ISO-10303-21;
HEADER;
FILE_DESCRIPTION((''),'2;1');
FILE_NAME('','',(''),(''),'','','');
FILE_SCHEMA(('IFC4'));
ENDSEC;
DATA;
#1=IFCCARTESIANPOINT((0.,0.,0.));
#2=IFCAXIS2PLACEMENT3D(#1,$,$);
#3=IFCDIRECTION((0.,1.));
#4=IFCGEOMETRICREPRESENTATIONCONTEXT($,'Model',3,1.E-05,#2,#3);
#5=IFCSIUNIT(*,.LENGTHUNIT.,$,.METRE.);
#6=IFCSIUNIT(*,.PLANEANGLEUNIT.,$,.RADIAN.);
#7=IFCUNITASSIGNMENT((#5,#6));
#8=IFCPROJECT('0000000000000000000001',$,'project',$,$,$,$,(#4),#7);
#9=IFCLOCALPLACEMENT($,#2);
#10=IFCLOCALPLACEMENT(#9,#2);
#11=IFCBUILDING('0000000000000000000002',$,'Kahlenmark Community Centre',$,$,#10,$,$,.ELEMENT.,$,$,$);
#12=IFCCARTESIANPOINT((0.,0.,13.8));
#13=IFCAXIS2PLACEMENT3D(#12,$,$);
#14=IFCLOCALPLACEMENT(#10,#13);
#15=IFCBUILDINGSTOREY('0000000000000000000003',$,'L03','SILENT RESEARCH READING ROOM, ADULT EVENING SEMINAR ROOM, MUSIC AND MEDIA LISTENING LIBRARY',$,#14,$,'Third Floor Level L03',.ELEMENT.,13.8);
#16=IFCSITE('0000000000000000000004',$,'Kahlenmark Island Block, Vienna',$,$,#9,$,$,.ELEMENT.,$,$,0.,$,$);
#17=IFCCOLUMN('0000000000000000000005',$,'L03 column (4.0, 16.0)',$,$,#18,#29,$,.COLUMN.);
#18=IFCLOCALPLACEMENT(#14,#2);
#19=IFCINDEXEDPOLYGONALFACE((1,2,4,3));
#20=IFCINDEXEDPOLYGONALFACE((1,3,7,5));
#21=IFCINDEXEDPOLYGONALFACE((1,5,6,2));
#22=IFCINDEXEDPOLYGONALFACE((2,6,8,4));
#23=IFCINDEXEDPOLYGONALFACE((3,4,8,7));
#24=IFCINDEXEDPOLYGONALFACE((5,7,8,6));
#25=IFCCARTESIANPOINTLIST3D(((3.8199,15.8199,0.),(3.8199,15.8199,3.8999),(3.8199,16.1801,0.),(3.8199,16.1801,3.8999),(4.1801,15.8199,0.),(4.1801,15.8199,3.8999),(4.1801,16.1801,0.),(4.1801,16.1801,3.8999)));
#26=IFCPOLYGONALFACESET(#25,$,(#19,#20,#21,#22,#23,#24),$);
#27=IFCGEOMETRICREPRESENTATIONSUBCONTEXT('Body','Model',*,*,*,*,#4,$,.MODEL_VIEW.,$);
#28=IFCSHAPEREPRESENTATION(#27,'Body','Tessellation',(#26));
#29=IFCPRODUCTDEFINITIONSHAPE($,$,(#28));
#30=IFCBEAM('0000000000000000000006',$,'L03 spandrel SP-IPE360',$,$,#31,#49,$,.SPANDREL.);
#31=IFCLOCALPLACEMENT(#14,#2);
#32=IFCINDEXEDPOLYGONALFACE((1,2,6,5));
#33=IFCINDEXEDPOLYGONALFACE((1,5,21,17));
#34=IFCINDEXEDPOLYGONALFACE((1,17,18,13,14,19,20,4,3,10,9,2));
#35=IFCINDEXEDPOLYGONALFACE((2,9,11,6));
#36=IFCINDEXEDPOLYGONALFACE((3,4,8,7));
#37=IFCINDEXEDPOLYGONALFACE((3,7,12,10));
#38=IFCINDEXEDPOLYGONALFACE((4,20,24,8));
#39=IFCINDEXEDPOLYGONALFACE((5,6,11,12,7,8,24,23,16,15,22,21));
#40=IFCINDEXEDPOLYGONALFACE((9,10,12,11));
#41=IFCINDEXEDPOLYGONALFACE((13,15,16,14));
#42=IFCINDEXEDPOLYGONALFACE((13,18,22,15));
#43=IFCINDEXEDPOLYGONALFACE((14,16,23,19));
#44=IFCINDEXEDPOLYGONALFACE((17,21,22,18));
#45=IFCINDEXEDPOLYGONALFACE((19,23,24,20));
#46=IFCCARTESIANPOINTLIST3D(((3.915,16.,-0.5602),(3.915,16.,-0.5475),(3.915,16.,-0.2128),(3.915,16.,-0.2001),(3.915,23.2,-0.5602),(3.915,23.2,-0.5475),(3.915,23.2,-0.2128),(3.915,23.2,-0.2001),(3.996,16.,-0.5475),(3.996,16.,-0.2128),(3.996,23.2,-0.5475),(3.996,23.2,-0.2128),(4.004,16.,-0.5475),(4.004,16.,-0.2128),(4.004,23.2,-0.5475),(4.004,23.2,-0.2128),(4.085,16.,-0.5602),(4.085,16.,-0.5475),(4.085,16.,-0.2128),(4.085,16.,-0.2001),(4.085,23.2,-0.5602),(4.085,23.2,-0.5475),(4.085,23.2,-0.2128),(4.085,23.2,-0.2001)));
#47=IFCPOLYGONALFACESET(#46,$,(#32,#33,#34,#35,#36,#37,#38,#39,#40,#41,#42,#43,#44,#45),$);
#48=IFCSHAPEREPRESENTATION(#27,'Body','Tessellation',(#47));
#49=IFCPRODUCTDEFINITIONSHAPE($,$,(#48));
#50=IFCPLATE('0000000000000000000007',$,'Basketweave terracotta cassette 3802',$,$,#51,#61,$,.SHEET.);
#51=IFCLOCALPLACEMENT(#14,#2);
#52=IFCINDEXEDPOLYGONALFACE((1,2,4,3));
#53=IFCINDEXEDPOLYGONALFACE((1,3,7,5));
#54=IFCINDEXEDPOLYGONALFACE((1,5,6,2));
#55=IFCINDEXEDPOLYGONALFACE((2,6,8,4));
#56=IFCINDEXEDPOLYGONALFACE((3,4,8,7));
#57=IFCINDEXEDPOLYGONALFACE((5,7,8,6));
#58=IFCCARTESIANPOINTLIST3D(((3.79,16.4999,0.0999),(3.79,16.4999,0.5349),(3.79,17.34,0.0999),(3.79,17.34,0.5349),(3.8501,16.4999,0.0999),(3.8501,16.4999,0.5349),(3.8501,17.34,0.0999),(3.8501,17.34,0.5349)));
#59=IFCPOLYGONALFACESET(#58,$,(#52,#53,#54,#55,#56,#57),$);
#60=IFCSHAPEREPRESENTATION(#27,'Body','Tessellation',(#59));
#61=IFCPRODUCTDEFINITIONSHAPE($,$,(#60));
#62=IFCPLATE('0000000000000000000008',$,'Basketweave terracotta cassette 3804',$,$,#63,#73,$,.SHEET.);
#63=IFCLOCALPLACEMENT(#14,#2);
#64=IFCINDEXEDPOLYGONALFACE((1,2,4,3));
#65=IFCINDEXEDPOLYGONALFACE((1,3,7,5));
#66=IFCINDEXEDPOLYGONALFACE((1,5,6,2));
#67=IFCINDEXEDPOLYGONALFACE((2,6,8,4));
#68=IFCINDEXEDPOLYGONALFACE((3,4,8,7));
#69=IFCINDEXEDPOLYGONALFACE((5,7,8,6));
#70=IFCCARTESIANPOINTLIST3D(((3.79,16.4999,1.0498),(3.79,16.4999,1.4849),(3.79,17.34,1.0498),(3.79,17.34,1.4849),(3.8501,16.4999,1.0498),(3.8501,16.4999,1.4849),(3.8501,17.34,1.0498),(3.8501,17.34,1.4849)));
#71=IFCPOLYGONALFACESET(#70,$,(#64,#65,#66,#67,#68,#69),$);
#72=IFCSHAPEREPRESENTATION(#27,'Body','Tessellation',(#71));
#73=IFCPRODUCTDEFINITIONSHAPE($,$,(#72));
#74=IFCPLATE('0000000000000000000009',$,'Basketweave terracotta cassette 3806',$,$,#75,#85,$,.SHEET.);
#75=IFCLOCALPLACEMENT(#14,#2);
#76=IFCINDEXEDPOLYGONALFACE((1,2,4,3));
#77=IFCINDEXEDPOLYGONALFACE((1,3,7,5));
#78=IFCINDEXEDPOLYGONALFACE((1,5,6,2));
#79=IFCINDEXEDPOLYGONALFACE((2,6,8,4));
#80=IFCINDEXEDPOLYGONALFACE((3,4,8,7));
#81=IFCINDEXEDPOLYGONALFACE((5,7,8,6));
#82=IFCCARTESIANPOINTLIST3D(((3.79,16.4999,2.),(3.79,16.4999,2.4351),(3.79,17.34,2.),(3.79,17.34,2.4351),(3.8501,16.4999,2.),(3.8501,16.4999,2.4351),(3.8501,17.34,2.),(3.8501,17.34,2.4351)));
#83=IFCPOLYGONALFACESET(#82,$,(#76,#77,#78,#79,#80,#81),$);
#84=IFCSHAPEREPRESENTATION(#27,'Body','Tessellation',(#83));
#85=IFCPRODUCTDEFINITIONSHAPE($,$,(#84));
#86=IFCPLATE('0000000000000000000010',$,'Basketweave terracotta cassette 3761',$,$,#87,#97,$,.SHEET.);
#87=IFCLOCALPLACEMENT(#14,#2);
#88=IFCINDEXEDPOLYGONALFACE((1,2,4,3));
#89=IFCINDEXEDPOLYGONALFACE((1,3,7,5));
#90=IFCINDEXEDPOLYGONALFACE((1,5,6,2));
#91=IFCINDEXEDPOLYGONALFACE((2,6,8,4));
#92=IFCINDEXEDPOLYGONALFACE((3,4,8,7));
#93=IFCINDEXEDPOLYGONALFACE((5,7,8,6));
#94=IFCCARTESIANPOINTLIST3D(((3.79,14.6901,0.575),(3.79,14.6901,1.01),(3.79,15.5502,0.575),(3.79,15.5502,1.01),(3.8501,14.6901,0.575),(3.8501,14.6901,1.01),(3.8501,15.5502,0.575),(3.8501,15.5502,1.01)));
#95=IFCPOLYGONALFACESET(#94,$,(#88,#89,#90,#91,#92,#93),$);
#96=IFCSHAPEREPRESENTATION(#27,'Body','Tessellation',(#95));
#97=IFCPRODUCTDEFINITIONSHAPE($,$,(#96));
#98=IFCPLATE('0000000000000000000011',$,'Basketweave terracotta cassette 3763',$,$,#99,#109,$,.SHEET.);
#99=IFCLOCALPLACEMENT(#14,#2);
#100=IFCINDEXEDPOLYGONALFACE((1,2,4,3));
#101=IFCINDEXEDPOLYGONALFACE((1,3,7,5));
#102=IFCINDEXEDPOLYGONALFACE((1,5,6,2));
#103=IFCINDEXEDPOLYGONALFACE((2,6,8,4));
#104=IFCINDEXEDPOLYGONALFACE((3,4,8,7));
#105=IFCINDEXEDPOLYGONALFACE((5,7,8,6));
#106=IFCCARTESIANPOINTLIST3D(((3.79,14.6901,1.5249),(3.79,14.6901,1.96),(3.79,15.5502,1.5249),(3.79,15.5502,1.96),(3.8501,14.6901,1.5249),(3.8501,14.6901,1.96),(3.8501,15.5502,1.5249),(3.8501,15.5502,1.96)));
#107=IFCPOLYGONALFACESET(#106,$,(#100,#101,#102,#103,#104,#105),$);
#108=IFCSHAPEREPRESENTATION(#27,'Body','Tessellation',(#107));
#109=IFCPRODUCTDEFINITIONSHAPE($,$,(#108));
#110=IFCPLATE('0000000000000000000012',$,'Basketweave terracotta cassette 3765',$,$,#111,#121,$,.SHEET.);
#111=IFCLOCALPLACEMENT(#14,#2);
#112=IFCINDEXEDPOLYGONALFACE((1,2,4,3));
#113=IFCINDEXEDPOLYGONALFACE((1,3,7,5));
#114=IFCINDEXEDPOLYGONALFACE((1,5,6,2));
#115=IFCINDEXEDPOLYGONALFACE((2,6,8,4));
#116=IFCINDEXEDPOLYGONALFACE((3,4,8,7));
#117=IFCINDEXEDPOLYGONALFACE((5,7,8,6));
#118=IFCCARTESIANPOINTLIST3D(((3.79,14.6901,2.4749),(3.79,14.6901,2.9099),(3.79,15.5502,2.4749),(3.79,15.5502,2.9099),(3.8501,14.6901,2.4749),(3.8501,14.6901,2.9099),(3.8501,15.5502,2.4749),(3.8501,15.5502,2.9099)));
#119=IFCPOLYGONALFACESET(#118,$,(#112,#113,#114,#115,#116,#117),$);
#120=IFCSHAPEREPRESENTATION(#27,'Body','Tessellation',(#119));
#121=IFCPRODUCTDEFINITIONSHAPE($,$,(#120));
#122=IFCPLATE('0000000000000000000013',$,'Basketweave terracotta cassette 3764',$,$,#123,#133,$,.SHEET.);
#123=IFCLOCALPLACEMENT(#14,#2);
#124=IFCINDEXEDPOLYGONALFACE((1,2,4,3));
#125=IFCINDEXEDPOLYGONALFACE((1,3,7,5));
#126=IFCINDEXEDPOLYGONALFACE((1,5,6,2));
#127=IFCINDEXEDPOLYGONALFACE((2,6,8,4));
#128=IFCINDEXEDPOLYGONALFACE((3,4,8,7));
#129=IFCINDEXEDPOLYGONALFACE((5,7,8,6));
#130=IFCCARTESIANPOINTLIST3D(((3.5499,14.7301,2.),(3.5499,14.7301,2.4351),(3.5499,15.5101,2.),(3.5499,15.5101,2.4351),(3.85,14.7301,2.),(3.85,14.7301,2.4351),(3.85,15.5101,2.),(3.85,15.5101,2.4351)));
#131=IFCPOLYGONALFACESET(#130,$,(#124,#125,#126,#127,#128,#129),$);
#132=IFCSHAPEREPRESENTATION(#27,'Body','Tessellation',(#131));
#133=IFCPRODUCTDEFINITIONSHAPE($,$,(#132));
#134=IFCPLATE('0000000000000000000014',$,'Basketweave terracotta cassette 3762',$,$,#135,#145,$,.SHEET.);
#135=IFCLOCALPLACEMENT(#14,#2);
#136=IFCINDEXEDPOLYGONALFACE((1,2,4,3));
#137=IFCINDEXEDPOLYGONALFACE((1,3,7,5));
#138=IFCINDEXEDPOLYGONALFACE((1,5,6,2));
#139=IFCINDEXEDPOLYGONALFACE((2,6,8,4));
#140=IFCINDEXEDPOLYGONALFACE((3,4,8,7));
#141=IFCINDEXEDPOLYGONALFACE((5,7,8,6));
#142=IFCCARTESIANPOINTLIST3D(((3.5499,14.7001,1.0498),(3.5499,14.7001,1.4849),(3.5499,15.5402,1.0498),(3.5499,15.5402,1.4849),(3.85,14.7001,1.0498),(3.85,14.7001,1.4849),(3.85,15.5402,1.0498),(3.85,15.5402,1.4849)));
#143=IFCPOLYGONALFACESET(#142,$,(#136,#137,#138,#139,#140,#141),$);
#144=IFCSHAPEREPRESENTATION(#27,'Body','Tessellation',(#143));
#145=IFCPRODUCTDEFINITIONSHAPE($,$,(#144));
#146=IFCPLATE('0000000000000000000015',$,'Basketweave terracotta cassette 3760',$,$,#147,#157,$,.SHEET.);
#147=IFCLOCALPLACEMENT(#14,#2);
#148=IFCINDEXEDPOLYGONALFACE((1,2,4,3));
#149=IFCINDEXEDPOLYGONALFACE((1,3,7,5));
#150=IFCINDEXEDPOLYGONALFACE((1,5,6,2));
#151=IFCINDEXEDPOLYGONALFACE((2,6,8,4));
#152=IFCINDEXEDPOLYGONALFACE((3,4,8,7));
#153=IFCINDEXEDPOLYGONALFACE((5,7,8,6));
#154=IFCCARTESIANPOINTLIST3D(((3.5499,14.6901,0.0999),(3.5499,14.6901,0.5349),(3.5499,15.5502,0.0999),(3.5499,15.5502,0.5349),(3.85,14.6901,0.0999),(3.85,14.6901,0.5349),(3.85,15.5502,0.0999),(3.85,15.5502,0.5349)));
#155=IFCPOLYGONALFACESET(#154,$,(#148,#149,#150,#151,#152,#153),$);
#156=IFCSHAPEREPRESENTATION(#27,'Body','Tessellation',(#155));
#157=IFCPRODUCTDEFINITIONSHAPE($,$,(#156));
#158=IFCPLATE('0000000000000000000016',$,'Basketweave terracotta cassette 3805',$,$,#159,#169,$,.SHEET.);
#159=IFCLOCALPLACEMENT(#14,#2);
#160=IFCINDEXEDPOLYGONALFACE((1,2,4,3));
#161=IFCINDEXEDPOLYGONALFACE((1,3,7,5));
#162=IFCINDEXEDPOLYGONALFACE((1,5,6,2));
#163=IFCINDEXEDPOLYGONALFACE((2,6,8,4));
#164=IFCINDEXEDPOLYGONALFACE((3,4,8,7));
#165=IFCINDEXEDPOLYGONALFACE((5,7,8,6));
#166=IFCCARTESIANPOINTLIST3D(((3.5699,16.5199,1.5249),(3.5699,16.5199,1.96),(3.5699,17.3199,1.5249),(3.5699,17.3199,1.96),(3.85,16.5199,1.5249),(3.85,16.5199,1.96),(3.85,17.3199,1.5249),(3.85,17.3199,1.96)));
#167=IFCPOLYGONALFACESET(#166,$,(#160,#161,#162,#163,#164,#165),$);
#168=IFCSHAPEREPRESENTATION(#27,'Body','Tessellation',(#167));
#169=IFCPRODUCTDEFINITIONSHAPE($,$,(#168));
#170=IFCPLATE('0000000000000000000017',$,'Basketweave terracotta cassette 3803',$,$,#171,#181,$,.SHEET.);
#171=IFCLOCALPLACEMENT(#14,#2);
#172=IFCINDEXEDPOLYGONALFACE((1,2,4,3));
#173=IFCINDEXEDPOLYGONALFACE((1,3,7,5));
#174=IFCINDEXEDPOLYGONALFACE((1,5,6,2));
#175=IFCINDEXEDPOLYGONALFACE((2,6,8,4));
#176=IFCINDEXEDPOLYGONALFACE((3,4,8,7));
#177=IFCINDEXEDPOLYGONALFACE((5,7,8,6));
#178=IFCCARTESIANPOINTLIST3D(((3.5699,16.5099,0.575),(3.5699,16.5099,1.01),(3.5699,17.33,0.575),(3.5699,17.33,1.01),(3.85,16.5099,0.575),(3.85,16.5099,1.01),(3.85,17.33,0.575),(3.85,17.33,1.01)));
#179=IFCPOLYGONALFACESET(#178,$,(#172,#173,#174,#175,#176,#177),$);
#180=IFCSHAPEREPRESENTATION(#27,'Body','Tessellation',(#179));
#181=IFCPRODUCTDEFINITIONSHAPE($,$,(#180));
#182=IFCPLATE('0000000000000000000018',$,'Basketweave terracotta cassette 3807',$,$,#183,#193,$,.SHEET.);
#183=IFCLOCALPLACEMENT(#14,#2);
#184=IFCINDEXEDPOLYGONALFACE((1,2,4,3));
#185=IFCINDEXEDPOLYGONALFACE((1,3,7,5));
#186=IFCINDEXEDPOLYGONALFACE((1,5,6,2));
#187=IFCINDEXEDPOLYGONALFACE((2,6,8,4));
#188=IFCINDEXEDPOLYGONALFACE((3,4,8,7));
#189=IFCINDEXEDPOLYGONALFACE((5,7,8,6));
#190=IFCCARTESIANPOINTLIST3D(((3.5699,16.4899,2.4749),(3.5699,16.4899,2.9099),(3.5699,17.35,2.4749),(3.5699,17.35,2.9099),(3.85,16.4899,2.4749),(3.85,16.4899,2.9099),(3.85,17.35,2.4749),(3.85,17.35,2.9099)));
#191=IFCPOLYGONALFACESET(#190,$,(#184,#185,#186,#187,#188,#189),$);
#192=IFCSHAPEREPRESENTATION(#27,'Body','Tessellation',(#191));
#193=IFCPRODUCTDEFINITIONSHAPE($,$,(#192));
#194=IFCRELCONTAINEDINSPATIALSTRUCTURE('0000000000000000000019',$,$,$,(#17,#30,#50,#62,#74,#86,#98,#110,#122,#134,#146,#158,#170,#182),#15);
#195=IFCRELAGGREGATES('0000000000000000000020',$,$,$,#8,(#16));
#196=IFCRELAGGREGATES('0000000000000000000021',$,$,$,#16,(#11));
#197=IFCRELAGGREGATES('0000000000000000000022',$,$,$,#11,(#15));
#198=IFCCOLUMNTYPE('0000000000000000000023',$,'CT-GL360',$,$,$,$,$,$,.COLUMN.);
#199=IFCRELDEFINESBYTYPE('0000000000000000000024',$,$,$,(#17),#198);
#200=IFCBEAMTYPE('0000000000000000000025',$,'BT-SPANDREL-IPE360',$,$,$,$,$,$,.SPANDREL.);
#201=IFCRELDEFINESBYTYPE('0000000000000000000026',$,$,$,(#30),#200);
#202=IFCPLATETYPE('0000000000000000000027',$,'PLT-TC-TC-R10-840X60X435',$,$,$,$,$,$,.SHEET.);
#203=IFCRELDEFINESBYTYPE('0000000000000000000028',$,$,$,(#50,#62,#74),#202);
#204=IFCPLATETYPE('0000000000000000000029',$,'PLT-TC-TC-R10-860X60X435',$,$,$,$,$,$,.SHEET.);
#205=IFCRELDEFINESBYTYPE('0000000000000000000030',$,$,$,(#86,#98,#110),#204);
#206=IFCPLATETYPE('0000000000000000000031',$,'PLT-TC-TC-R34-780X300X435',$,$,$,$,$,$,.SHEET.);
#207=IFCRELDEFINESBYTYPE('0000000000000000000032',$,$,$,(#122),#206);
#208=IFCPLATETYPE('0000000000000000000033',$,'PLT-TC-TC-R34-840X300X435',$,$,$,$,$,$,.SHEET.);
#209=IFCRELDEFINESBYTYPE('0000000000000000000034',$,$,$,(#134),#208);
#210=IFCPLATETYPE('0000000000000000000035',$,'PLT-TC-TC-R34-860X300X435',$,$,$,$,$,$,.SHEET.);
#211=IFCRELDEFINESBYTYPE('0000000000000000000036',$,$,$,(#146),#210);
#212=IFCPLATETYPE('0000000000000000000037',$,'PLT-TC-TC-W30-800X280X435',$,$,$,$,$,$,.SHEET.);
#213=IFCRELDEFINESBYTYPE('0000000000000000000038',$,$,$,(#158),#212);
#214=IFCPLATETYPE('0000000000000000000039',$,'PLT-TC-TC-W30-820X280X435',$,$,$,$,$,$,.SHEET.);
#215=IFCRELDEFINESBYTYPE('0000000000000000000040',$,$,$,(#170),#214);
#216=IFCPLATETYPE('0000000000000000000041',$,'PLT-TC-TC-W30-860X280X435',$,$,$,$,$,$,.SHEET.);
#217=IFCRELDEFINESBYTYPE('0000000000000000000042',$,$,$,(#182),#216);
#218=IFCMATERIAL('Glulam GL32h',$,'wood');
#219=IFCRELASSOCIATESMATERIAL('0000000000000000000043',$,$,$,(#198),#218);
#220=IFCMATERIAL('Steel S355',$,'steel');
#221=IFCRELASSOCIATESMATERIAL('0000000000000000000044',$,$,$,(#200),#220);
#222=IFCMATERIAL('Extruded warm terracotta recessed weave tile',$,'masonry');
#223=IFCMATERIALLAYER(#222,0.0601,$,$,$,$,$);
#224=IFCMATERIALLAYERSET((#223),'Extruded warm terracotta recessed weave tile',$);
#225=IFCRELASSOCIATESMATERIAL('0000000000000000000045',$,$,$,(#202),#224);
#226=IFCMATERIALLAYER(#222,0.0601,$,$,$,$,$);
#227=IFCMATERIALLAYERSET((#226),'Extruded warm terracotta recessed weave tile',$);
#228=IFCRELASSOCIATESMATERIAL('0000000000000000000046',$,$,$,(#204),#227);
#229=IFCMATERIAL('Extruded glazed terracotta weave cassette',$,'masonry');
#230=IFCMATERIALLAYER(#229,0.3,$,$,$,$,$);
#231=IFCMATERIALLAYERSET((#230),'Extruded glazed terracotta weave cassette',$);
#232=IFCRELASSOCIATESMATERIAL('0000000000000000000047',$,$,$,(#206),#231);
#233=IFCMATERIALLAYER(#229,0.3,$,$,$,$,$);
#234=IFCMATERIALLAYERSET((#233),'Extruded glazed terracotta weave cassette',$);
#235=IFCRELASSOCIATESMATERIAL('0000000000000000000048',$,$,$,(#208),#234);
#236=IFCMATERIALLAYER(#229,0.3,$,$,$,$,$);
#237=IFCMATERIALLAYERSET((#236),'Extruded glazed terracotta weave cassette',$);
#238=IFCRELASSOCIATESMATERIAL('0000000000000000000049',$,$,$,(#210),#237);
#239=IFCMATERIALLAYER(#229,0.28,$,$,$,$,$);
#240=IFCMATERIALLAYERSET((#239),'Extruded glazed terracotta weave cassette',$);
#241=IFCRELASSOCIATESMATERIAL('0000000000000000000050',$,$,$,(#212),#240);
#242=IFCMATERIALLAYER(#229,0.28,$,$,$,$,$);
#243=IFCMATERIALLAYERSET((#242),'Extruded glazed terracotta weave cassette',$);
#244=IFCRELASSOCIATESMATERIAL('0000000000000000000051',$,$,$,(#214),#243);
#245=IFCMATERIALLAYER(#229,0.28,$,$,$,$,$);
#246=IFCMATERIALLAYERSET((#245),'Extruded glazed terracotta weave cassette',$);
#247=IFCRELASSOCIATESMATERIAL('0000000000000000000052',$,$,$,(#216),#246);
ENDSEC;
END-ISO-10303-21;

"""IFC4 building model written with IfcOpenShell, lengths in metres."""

from ifc_helpers import new_model, si_unit, direction, frame, origin, origin_2d, place, context, subcontext, project, spatial, rectangle, i_section, extrude, material, layer, layer_set, material_profile, profile_set, type_object, element, save


model = new_model("IFC4")

# Units and contexts
model_context = context("Model", 3, precision=1e-05, world=origin(), true_north=direction((0.0, 1.0)))
body_context = subcontext(model_context, "Body", "Model", "MODEL_VIEW")
ifc_project = project(units=[si_unit("LENGTHUNIT", "METRE"), si_unit("PLANEANGLEUNIT", "RADIAN")], contexts=[model_context])

# Site, building, storey
site_placement = place(None, origin())
site = spatial("IfcSite", under=ifc_project, at=site_placement, Name="Kahlenmark Island Block, Vienna", CompositionType="ELEMENT", RefElevation=0.0)
building_placement = place(site_placement, origin())
building = spatial("IfcBuilding", under=site, at=building_placement, Name="Kahlenmark Community Centre", CompositionType="ELEMENT")
storey_placement = place(building_placement, frame((0.0, 0.0, 13.8)))
storey = spatial("IfcBuildingStorey", under=building, at=storey_placement, Name="L03", Description="SILENT RESEARCH READING ROOM, ADULT EVENING SEMINAR ROOM, MUSIC AND MEDIA LISTENING LIBRARY", LongName="Third Floor Level L03", CompositionType="ELEMENT", Elevation=13.8)

# Column
ifc_material_1 = material(Name="Glulam GL32h", Category="wood")
ifc_material_profile_1 = material_profile(ifc_material_1, rectangle(XDim=0.3601, YDim=0.3601, at=origin_2d()), Name="GL32h 360x360")
ifc_profile_set_1 = profile_set([ifc_material_profile_1], Name="Glulam GL32h")
column_type = type_object("IfcColumnType", Name="CT-GL360", PredefinedType="COLUMN", material=ifc_profile_set_1)
column_placement = place(storey_placement, frame((4.0, 16.0, 0.0), z_axis=(0.0, 0.0, 1.0), x_axis=(1.0, 0.0, 0.0)))
element("IfcColumn", 1, at=column_placement, inside=storey, type_object=column_type, Name="L03 column (4.0, 16.0)", PredefinedType="COLUMN", context=body_context, shape_type="SweptSolid", body=[
    extrude(rectangle(XDim=0.3601, YDim=0.3601, at=origin_2d()), origin(), (0.0, 0.0, 1.0), 3.8999),
])

# Beam
ifc_material_2 = material(Name="Steel S355", Category="steel")
ifc_material_profile_2 = material_profile(ifc_material_2, i_section(OverallWidth=0.1699, OverallDepth=0.3601, WebThickness=0.0081, FlangeThickness=0.0127, at=origin_2d()), Name="IPE 360")
ifc_profile_set_2 = profile_set([ifc_material_profile_2], Name="Steel S355")
beam_type = type_object("IfcBeamType", Name="BT-SPANDREL-IPE360", PredefinedType="SPANDREL", material=ifc_profile_set_2)
beam_placement = place(storey_placement, frame((4.0, 16.0, -0.3801), z_axis=(0.0, 1.0, 0.0), x_axis=(-1.0, 0.0, 0.0)))
element("IfcBeam", 2, at=beam_placement, inside=storey, type_object=beam_type, Name="L03 spandrel SP-IPE360", PredefinedType="SPANDREL", context=body_context, shape_type="SweptSolid", body=[
    extrude(i_section(OverallWidth=0.1699, OverallDepth=0.3601, WebThickness=0.0081, FlangeThickness=0.0127, at=origin_2d()), origin(), (0.0, 0.0, 1.0), 7.2),
])

# Plates
ifc_material_3 = material(Name="Extruded warm terracotta recessed weave tile", Category="masonry")
ifc_layer_1 = layer(ifc_material_3, 0.0601)
ifc_layer_set_1 = layer_set([ifc_layer_1], Name="Extruded warm terracotta recessed weave tile")
plate_type_1 = type_object("IfcPlateType", Name="PLT-TC-TC-R10-840X60X435", PredefinedType="SHEET", material=ifc_layer_set_1)
for number, where, z_axis, x_axis, name in (
    (3, (3.8201, 16.9199, 0.0999), (0.0, 0.0, 1.0), (0.0, -1.0, 0.0), "Basketweave terracotta cassette 3802"),
    (4, (3.8201, 16.9199, 1.0498), (0.0, 0.0, 1.0), (0.0, -1.0, 0.0), "Basketweave terracotta cassette 3804"),
    (5, (3.8201, 16.9199, 2.0), (0.0, 0.0, 1.0), (0.0, -1.0, 0.0), "Basketweave terracotta cassette 3806"),
):
    element("IfcPlate", number, at=place(storey_placement, frame(where, z_axis=z_axis, x_axis=x_axis)), inside=storey, type_object=plate_type_1, Name=name, PredefinedType="SHEET", context=body_context, shape_type="SweptSolid", body=[
        extrude(rectangle(XDim=0.8401, YDim=0.0601, at=origin_2d()), origin(), (0.0, 0.0, 1.0), 0.4351),
    ])
ifc_layer_2 = layer(ifc_material_3, 0.0601)
ifc_layer_set_2 = layer_set([ifc_layer_2], Name="Extruded warm terracotta recessed weave tile")
plate_type_2 = type_object("IfcPlateType", Name="PLT-TC-TC-R10-860X60X435", PredefinedType="SHEET", material=ifc_layer_set_2)
for number, where, z_axis, x_axis, name in (
    (6, (3.8201, 15.1201, 0.575), (0.0, 0.0, 1.0), (0.0, -1.0, 0.0), "Basketweave terracotta cassette 3761"),
    (7, (3.8201, 15.1201, 1.5249), (0.0, 0.0, 1.0), (0.0, -1.0, 0.0), "Basketweave terracotta cassette 3763"),
    (8, (3.8201, 15.1201, 2.4749), (0.0, 0.0, 1.0), (0.0, -1.0, 0.0), "Basketweave terracotta cassette 3765"),
):
    element("IfcPlate", number, at=place(storey_placement, frame(where, z_axis=z_axis, x_axis=x_axis)), inside=storey, type_object=plate_type_2, Name=name, PredefinedType="SHEET", context=body_context, shape_type="SweptSolid", body=[
        extrude(rectangle(XDim=0.8601, YDim=0.0601, at=origin_2d()), origin(), (0.0, 0.0, 1.0), 0.4351),
    ])
ifc_material_4 = material(Name="Extruded glazed terracotta weave cassette", Category="masonry")
ifc_layer_3 = layer(ifc_material_4, 0.3)
ifc_layer_set_3 = layer_set([ifc_layer_3], Name="Extruded glazed terracotta weave cassette")
plate_type_3 = type_object("IfcPlateType", Name="PLT-TC-TC-R34-780X300X435", PredefinedType="SHEET", material=ifc_layer_set_3)
plate_1_placement = place(storey_placement, frame((3.7, 15.1201, 2.0), z_axis=(0.0, 0.0, 1.0), x_axis=(0.0, -1.0, 0.0)))
element("IfcPlate", 9, at=plate_1_placement, inside=storey, type_object=plate_type_3, Name="Basketweave terracotta cassette 3764", PredefinedType="SHEET", context=body_context, shape_type="SweptSolid", body=[
    extrude(rectangle(XDim=0.78, YDim=0.3, at=origin_2d()), origin(), (0.0, 0.0, 1.0), 0.4351),
])
ifc_layer_4 = layer(ifc_material_4, 0.3)
ifc_layer_set_4 = layer_set([ifc_layer_4], Name="Extruded glazed terracotta weave cassette")
plate_type_4 = type_object("IfcPlateType", Name="PLT-TC-TC-R34-840X300X435", PredefinedType="SHEET", material=ifc_layer_set_4)
plate_2_placement = place(storey_placement, frame((3.7, 15.1201, 1.0498), z_axis=(0.0, 0.0, 1.0), x_axis=(0.0, -1.0, 0.0)))
element("IfcPlate", 10, at=plate_2_placement, inside=storey, type_object=plate_type_4, Name="Basketweave terracotta cassette 3762", PredefinedType="SHEET", context=body_context, shape_type="SweptSolid", body=[
    extrude(rectangle(XDim=0.8401, YDim=0.3, at=origin_2d()), origin(), (0.0, 0.0, 1.0), 0.4351),
])
ifc_layer_5 = layer(ifc_material_4, 0.3)
ifc_layer_set_5 = layer_set([ifc_layer_5], Name="Extruded glazed terracotta weave cassette")
plate_type_5 = type_object("IfcPlateType", Name="PLT-TC-TC-R34-860X300X435", PredefinedType="SHEET", material=ifc_layer_set_5)
plate_3_placement = place(storey_placement, frame((3.7, 15.1201, 0.0999), z_axis=(0.0, 0.0, 1.0), x_axis=(0.0, -1.0, 0.0)))
element("IfcPlate", 11, at=plate_3_placement, inside=storey, type_object=plate_type_5, Name="Basketweave terracotta cassette 3760", PredefinedType="SHEET", context=body_context, shape_type="SweptSolid", body=[
    extrude(rectangle(XDim=0.8601, YDim=0.3, at=origin_2d()), origin(), (0.0, 0.0, 1.0), 0.4351),
])
ifc_layer_6 = layer(ifc_material_4, 0.28)
ifc_layer_set_6 = layer_set([ifc_layer_6], Name="Extruded glazed terracotta weave cassette")
plate_type_6 = type_object("IfcPlateType", Name="PLT-TC-TC-W30-800X280X435", PredefinedType="SHEET", material=ifc_layer_set_6)
plate_4_placement = place(storey_placement, frame((3.71, 16.9199, 1.5249), z_axis=(0.0, 0.0, 1.0), x_axis=(0.0, -1.0, 0.0)))
element("IfcPlate", 12, at=plate_4_placement, inside=storey, type_object=plate_type_6, Name="Basketweave terracotta cassette 3805", PredefinedType="SHEET", context=body_context, shape_type="SweptSolid", body=[
    extrude(rectangle(XDim=0.8, YDim=0.28, at=origin_2d()), origin(), (0.0, 0.0, 1.0), 0.4351),
])
ifc_layer_7 = layer(ifc_material_4, 0.28)
ifc_layer_set_7 = layer_set([ifc_layer_7], Name="Extruded glazed terracotta weave cassette")
plate_type_7 = type_object("IfcPlateType", Name="PLT-TC-TC-W30-820X280X435", PredefinedType="SHEET", material=ifc_layer_set_7)
plate_5_placement = place(storey_placement, frame((3.71, 16.9199, 0.575), z_axis=(0.0, 0.0, 1.0), x_axis=(0.0, -1.0, 0.0)))
element("IfcPlate", 13, at=plate_5_placement, inside=storey, type_object=plate_type_7, Name="Basketweave terracotta cassette 3803", PredefinedType="SHEET", context=body_context, shape_type="SweptSolid", body=[
    extrude(rectangle(XDim=0.8201, YDim=0.28, at=origin_2d()), origin(), (0.0, 0.0, 1.0), 0.4351),
])
ifc_layer_8 = layer(ifc_material_4, 0.28)
ifc_layer_set_8 = layer_set([ifc_layer_8], Name="Extruded glazed terracotta weave cassette")
plate_type_8 = type_object("IfcPlateType", Name="PLT-TC-TC-W30-860X280X435", PredefinedType="SHEET", material=ifc_layer_set_8)
plate_6_placement = place(storey_placement, frame((3.71, 16.9199, 2.4749), z_axis=(0.0, 0.0, 1.0), x_axis=(0.0, -1.0, 0.0)))
element("IfcPlate", 14, at=plate_6_placement, inside=storey, type_object=plate_type_8, Name="Basketweave terracotta cassette 3807", PredefinedType="SHEET", context=body_context, shape_type="SweptSolid", body=[
    extrude(rectangle(XDim=0.8601, YDim=0.28, at=origin_2d()), origin(), (0.0, 0.0, 1.0), 0.4351),
])

save(model, "model.ifc")
